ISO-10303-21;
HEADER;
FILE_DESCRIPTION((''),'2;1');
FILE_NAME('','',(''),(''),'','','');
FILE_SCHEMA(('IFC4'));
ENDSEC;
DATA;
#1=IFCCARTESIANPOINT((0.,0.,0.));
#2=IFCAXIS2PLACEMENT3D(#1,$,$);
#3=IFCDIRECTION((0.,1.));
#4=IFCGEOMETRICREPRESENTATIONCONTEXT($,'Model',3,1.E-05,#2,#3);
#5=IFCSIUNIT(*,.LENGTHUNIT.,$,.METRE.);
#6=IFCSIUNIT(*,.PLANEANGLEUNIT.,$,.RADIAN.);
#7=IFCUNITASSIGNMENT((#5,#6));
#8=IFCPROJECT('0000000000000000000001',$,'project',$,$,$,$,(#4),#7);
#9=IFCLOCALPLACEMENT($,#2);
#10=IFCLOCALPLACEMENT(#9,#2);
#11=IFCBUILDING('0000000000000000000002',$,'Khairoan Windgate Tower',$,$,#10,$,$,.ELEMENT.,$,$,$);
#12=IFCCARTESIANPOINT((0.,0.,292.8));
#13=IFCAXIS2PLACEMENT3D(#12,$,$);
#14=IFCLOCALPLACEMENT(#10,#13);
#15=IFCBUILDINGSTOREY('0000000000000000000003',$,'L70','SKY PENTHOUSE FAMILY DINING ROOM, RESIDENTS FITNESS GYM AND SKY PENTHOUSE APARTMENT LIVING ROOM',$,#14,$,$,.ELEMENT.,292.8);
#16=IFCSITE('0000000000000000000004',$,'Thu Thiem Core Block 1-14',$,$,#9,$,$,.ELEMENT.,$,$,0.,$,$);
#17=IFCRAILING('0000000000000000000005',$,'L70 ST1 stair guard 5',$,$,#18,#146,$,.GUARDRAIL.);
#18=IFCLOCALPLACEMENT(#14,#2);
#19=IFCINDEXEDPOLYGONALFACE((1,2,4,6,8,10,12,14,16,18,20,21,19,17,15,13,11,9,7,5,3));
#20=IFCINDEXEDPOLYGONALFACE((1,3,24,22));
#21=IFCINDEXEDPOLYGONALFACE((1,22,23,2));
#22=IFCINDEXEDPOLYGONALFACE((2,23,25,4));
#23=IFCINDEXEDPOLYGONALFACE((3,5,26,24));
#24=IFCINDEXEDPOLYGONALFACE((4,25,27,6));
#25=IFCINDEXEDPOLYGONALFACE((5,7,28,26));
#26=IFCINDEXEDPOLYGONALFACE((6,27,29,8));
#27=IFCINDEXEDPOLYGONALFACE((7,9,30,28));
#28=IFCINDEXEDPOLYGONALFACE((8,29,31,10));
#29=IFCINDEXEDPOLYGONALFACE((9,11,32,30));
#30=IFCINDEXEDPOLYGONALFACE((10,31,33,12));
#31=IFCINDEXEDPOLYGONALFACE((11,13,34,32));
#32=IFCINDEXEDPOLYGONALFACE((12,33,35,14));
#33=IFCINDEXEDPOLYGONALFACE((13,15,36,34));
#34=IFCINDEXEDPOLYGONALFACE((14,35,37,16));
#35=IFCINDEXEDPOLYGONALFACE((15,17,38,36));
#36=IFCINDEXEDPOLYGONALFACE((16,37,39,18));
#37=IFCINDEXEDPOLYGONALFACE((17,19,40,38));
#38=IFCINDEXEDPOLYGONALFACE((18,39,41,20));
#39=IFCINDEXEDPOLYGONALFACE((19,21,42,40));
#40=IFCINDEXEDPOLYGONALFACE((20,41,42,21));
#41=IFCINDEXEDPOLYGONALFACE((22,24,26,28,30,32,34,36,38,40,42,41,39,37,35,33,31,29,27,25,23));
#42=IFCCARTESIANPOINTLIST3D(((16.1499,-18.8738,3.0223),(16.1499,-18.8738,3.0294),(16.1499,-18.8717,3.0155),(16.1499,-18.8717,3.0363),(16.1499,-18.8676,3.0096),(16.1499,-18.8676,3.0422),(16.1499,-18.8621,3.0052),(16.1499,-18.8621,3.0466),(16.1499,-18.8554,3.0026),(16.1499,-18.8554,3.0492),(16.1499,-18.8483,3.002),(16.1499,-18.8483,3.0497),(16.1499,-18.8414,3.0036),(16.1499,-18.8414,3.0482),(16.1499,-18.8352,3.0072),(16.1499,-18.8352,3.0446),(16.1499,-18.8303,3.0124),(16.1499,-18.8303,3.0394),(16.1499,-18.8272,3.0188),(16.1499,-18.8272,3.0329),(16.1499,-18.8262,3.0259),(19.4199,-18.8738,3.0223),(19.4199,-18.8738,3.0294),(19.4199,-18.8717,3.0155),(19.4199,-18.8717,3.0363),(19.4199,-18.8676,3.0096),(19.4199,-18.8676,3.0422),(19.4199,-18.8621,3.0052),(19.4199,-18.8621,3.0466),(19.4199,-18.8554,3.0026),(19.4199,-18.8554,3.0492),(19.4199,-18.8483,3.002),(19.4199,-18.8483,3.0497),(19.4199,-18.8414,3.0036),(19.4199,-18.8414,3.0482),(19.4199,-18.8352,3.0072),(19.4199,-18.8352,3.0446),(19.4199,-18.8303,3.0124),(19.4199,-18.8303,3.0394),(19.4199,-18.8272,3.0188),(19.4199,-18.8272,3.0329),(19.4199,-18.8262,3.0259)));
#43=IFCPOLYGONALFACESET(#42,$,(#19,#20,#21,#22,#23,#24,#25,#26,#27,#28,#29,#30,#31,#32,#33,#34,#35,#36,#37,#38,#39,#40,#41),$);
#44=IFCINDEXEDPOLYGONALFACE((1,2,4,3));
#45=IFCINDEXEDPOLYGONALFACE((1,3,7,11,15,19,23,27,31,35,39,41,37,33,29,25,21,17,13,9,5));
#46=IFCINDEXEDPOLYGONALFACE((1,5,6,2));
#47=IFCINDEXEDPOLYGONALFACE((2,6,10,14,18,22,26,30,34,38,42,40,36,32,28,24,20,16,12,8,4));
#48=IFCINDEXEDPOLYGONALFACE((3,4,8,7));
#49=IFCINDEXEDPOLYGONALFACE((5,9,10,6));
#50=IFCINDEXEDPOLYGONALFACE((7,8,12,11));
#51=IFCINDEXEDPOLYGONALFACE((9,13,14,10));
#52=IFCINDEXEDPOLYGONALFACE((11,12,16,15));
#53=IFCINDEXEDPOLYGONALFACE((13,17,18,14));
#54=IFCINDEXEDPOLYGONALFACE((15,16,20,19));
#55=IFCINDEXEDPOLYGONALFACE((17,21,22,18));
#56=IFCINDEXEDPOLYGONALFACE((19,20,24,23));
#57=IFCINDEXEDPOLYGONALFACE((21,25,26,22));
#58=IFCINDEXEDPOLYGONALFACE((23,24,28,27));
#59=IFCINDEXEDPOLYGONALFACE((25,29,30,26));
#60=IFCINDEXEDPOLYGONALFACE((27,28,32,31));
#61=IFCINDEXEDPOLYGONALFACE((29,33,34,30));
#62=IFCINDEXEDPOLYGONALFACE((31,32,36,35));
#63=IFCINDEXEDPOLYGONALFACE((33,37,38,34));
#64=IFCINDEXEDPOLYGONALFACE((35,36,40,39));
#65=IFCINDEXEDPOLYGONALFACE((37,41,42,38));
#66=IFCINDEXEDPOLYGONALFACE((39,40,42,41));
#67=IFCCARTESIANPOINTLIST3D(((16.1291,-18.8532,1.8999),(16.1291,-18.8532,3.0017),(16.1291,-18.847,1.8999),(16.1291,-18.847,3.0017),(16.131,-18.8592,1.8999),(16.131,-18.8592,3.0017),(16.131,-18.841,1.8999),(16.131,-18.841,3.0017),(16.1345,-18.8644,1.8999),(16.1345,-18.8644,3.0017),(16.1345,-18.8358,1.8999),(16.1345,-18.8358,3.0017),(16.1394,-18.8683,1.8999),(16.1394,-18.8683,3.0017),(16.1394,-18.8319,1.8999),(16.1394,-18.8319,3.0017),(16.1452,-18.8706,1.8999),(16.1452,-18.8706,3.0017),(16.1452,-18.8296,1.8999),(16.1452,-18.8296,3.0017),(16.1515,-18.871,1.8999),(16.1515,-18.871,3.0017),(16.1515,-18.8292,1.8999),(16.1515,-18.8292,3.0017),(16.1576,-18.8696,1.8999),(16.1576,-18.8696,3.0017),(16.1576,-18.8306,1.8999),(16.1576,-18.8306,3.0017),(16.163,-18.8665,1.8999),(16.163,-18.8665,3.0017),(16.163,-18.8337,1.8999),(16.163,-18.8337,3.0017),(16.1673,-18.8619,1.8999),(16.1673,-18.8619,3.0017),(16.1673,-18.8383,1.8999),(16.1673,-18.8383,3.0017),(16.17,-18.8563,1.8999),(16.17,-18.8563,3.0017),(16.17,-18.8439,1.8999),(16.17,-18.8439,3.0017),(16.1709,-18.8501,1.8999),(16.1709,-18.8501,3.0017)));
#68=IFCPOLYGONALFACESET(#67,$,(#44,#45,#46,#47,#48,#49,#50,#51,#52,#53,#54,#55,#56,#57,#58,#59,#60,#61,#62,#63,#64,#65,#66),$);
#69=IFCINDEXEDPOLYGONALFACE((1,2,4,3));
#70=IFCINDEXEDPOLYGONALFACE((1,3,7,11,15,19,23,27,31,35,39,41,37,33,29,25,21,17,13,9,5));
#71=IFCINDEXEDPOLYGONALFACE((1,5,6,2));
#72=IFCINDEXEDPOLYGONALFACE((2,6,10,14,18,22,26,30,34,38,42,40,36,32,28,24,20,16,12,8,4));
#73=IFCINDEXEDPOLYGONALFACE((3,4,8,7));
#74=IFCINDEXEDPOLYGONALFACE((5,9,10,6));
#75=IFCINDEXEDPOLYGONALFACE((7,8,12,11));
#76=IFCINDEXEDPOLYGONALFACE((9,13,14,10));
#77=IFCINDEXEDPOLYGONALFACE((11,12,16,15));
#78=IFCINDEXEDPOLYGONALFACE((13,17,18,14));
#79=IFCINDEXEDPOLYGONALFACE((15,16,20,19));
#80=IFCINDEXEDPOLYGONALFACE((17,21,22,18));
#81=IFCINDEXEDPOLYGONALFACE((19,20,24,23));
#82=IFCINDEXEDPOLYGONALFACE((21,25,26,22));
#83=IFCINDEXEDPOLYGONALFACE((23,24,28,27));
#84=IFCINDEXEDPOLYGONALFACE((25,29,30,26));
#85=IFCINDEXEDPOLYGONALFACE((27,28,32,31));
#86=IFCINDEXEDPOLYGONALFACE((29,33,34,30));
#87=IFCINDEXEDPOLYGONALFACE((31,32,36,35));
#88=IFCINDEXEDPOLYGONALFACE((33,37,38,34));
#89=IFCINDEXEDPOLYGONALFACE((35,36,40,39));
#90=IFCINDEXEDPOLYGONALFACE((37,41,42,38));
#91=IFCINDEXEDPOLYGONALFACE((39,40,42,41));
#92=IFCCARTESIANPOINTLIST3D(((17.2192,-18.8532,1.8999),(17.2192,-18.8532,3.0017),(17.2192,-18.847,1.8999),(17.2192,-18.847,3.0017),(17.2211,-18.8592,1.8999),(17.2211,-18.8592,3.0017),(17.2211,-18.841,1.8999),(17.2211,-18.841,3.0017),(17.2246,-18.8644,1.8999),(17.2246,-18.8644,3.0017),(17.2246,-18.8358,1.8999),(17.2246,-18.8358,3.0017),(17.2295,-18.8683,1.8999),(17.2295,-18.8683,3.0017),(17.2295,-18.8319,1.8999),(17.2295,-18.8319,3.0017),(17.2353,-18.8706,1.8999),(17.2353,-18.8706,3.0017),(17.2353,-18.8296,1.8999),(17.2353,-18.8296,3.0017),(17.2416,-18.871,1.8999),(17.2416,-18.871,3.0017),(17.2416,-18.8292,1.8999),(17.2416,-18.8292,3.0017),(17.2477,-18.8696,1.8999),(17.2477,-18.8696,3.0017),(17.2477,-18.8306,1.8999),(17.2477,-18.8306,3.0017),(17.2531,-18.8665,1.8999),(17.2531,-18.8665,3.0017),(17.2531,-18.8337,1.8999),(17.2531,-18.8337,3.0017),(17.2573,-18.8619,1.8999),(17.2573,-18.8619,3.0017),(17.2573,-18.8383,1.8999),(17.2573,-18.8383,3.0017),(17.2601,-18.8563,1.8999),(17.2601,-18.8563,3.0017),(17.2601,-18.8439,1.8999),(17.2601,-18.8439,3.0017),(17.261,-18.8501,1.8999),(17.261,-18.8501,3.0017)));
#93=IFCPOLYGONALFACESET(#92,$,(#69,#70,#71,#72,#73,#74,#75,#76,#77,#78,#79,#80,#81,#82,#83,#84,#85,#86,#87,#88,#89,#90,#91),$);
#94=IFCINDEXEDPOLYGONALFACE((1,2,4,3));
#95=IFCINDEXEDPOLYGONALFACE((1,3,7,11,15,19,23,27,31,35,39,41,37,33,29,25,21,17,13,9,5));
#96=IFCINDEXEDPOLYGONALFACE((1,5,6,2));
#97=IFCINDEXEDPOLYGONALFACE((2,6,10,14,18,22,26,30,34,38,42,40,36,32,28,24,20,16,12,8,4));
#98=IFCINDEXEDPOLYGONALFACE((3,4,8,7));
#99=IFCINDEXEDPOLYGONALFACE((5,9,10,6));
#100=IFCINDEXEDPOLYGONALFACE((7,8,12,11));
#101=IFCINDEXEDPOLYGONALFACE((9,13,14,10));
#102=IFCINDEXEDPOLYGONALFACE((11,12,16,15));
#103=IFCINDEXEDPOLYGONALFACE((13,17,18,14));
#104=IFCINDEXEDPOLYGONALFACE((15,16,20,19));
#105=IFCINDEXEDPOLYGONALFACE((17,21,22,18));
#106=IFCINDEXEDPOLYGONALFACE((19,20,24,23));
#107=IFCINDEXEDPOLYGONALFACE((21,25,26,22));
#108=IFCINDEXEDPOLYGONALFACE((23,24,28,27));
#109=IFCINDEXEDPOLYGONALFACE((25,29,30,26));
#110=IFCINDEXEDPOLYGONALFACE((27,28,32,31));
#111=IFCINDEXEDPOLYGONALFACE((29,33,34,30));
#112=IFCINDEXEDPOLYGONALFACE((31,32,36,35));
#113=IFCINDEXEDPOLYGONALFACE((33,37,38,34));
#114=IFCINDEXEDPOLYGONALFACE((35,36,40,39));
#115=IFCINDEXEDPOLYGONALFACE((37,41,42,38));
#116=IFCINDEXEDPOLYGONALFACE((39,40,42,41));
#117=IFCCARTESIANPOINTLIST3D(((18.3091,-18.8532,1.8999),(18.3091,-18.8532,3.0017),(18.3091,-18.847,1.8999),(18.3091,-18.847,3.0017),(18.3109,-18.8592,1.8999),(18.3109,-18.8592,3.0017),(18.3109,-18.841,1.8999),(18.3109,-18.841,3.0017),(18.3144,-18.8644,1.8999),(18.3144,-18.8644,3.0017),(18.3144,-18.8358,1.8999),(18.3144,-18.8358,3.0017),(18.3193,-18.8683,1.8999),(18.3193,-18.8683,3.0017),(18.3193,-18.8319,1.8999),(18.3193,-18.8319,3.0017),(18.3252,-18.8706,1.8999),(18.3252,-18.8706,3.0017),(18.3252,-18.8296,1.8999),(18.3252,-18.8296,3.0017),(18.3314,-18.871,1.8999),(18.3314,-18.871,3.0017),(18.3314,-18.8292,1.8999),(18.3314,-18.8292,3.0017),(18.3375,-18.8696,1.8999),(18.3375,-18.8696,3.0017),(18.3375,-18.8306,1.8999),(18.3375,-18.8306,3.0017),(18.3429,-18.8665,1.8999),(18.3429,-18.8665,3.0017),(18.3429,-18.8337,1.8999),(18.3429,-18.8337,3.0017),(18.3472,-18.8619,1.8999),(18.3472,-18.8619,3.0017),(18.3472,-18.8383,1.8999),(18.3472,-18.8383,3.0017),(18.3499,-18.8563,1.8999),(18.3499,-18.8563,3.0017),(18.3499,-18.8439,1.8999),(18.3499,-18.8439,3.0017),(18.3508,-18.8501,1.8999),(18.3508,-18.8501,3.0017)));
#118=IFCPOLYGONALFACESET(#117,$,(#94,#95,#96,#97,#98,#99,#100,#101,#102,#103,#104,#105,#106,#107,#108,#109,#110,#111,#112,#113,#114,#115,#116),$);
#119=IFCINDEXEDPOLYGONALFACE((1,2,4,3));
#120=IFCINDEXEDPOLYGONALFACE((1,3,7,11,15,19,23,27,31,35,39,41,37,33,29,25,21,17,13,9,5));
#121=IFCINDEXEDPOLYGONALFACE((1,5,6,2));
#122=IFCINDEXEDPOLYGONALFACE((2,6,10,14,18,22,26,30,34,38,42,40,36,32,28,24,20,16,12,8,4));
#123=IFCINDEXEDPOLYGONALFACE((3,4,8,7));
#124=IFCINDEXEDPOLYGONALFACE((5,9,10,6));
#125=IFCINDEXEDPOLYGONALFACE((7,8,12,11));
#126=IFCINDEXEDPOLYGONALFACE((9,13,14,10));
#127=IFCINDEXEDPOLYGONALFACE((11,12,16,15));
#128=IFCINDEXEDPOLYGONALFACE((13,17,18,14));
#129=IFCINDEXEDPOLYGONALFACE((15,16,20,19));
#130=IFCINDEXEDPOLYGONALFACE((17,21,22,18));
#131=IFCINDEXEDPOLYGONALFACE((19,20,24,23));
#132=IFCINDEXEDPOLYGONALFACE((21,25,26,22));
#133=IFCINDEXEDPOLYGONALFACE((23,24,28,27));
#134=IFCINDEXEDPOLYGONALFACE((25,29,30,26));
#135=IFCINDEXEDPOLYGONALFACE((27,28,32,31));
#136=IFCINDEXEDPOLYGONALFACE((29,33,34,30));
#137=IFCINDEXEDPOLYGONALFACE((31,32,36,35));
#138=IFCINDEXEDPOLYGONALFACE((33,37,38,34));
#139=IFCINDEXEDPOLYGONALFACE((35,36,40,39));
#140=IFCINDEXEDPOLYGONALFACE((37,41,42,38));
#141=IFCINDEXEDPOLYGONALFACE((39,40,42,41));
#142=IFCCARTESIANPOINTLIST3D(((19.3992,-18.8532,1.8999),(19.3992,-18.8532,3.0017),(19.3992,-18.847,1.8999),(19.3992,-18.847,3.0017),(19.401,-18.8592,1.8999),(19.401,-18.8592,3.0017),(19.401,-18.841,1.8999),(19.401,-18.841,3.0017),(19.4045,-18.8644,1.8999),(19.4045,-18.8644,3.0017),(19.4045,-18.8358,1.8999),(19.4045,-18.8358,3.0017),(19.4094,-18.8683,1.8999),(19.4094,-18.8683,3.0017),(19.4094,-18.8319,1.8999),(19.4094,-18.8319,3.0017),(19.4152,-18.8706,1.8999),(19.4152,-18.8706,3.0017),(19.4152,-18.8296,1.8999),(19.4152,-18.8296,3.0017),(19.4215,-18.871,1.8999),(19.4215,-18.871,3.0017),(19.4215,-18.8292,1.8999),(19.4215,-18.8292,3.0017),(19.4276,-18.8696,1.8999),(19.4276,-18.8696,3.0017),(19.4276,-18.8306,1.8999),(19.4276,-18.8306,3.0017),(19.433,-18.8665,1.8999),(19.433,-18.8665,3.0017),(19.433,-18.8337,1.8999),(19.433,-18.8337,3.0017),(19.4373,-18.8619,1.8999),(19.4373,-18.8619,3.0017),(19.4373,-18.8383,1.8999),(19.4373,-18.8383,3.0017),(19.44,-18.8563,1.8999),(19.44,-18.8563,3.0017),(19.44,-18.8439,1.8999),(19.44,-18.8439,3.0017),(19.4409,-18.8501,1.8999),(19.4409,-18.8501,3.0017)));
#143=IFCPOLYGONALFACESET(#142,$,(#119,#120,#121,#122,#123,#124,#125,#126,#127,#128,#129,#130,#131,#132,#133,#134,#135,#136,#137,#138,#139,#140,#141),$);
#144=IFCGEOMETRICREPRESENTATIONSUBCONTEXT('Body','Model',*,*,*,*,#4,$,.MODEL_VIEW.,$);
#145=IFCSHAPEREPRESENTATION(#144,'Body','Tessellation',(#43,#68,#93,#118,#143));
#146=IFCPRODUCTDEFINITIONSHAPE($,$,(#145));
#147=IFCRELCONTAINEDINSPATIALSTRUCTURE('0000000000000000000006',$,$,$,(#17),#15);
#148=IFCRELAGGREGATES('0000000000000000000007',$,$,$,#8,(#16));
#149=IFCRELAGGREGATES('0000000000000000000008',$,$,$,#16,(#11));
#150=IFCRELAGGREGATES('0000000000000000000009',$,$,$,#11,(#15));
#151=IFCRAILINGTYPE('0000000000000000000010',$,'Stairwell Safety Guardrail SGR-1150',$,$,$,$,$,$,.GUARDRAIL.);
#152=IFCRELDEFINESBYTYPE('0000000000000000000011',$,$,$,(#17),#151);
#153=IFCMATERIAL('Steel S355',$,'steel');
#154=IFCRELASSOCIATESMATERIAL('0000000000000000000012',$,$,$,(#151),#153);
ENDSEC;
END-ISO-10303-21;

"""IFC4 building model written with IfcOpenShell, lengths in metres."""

from ifc_helpers import new_model, si_unit, direction, frame, origin, origin_2d, place, context, subcontext, project, spatial, circle, extrude, material, type_object, element, save


model = new_model("IFC4")

# Units and contexts
model_context = context("Model", 3, precision=1e-05, world=origin(), true_north=direction((0.0, 1.0)))
body_context = subcontext(model_context, "Body", "Model", "MODEL_VIEW")
ifc_project = project(units=[si_unit("LENGTHUNIT", "METRE"), si_unit("PLANEANGLEUNIT", "RADIAN")], contexts=[model_context])

# Site, building, storey
site_placement = place(None, origin())
site = spatial("IfcSite", under=ifc_project, at=site_placement, Name="Thu Thiem Core Block 1-14", CompositionType="ELEMENT", RefElevation=0.0)
building_placement = place(site_placement, origin())
building = spatial("IfcBuilding", under=site, at=building_placement, Name="Khairoan Windgate Tower", CompositionType="ELEMENT")
storey_placement = place(building_placement, frame((0.0, 0.0, 292.8)))
storey = spatial("IfcBuildingStorey", under=building, at=storey_placement, Name="L70", Description="SKY PENTHOUSE FAMILY DINING ROOM, RESIDENTS FITNESS GYM AND SKY PENTHOUSE APARTMENT LIVING ROOM", CompositionType="ELEMENT", Elevation=292.8)

# Railing
ifc_material_1 = material(Name="Steel S355", Category="steel")
railing_type = type_object("IfcRailingType", Name="Stairwell Safety Guardrail SGR-1150", PredefinedType="GUARDRAIL", material=ifc_material_1)
railing_1_placement = place(storey_placement, frame((16.1499, -18.8501, 1.8999)))
element("IfcRailing", 1, at=railing_1_placement, inside=storey, type_object=railing_type, Name="L70 ST1 stair guard 5", PredefinedType="GUARDRAIL", context=body_context, shape_type="SweptSolid", body=[
    extrude(circle(Radius=0.0239, at=origin_2d()), frame((0.0, 0.0, 1.126), z_axis=(1.0, 0.0, 0.0), x_axis=(0.0, 1.0, 0.0)), (0.0, 0.0, 1.0), 3.27),
    extrude(circle(Radius=0.021, at=origin_2d()), origin(), (0.0, 0.0, 1.0), 1.1018),
    extrude(circle(Radius=0.021, at=origin_2d()), frame((1.0901, 0.0, 0.0)), (0.0, 0.0, 1.0), 1.1018),
    extrude(circle(Radius=0.021, at=origin_2d()), frame((2.1799, 0.0, 0.0)), (0.0, 0.0, 1.0), 1.1018),
    extrude(circle(Radius=0.021, at=origin_2d()), frame((3.27, 0.0, 0.0)), (0.0, 0.0, 1.0), 1.1018),
])

save(model, "model.ifc")
